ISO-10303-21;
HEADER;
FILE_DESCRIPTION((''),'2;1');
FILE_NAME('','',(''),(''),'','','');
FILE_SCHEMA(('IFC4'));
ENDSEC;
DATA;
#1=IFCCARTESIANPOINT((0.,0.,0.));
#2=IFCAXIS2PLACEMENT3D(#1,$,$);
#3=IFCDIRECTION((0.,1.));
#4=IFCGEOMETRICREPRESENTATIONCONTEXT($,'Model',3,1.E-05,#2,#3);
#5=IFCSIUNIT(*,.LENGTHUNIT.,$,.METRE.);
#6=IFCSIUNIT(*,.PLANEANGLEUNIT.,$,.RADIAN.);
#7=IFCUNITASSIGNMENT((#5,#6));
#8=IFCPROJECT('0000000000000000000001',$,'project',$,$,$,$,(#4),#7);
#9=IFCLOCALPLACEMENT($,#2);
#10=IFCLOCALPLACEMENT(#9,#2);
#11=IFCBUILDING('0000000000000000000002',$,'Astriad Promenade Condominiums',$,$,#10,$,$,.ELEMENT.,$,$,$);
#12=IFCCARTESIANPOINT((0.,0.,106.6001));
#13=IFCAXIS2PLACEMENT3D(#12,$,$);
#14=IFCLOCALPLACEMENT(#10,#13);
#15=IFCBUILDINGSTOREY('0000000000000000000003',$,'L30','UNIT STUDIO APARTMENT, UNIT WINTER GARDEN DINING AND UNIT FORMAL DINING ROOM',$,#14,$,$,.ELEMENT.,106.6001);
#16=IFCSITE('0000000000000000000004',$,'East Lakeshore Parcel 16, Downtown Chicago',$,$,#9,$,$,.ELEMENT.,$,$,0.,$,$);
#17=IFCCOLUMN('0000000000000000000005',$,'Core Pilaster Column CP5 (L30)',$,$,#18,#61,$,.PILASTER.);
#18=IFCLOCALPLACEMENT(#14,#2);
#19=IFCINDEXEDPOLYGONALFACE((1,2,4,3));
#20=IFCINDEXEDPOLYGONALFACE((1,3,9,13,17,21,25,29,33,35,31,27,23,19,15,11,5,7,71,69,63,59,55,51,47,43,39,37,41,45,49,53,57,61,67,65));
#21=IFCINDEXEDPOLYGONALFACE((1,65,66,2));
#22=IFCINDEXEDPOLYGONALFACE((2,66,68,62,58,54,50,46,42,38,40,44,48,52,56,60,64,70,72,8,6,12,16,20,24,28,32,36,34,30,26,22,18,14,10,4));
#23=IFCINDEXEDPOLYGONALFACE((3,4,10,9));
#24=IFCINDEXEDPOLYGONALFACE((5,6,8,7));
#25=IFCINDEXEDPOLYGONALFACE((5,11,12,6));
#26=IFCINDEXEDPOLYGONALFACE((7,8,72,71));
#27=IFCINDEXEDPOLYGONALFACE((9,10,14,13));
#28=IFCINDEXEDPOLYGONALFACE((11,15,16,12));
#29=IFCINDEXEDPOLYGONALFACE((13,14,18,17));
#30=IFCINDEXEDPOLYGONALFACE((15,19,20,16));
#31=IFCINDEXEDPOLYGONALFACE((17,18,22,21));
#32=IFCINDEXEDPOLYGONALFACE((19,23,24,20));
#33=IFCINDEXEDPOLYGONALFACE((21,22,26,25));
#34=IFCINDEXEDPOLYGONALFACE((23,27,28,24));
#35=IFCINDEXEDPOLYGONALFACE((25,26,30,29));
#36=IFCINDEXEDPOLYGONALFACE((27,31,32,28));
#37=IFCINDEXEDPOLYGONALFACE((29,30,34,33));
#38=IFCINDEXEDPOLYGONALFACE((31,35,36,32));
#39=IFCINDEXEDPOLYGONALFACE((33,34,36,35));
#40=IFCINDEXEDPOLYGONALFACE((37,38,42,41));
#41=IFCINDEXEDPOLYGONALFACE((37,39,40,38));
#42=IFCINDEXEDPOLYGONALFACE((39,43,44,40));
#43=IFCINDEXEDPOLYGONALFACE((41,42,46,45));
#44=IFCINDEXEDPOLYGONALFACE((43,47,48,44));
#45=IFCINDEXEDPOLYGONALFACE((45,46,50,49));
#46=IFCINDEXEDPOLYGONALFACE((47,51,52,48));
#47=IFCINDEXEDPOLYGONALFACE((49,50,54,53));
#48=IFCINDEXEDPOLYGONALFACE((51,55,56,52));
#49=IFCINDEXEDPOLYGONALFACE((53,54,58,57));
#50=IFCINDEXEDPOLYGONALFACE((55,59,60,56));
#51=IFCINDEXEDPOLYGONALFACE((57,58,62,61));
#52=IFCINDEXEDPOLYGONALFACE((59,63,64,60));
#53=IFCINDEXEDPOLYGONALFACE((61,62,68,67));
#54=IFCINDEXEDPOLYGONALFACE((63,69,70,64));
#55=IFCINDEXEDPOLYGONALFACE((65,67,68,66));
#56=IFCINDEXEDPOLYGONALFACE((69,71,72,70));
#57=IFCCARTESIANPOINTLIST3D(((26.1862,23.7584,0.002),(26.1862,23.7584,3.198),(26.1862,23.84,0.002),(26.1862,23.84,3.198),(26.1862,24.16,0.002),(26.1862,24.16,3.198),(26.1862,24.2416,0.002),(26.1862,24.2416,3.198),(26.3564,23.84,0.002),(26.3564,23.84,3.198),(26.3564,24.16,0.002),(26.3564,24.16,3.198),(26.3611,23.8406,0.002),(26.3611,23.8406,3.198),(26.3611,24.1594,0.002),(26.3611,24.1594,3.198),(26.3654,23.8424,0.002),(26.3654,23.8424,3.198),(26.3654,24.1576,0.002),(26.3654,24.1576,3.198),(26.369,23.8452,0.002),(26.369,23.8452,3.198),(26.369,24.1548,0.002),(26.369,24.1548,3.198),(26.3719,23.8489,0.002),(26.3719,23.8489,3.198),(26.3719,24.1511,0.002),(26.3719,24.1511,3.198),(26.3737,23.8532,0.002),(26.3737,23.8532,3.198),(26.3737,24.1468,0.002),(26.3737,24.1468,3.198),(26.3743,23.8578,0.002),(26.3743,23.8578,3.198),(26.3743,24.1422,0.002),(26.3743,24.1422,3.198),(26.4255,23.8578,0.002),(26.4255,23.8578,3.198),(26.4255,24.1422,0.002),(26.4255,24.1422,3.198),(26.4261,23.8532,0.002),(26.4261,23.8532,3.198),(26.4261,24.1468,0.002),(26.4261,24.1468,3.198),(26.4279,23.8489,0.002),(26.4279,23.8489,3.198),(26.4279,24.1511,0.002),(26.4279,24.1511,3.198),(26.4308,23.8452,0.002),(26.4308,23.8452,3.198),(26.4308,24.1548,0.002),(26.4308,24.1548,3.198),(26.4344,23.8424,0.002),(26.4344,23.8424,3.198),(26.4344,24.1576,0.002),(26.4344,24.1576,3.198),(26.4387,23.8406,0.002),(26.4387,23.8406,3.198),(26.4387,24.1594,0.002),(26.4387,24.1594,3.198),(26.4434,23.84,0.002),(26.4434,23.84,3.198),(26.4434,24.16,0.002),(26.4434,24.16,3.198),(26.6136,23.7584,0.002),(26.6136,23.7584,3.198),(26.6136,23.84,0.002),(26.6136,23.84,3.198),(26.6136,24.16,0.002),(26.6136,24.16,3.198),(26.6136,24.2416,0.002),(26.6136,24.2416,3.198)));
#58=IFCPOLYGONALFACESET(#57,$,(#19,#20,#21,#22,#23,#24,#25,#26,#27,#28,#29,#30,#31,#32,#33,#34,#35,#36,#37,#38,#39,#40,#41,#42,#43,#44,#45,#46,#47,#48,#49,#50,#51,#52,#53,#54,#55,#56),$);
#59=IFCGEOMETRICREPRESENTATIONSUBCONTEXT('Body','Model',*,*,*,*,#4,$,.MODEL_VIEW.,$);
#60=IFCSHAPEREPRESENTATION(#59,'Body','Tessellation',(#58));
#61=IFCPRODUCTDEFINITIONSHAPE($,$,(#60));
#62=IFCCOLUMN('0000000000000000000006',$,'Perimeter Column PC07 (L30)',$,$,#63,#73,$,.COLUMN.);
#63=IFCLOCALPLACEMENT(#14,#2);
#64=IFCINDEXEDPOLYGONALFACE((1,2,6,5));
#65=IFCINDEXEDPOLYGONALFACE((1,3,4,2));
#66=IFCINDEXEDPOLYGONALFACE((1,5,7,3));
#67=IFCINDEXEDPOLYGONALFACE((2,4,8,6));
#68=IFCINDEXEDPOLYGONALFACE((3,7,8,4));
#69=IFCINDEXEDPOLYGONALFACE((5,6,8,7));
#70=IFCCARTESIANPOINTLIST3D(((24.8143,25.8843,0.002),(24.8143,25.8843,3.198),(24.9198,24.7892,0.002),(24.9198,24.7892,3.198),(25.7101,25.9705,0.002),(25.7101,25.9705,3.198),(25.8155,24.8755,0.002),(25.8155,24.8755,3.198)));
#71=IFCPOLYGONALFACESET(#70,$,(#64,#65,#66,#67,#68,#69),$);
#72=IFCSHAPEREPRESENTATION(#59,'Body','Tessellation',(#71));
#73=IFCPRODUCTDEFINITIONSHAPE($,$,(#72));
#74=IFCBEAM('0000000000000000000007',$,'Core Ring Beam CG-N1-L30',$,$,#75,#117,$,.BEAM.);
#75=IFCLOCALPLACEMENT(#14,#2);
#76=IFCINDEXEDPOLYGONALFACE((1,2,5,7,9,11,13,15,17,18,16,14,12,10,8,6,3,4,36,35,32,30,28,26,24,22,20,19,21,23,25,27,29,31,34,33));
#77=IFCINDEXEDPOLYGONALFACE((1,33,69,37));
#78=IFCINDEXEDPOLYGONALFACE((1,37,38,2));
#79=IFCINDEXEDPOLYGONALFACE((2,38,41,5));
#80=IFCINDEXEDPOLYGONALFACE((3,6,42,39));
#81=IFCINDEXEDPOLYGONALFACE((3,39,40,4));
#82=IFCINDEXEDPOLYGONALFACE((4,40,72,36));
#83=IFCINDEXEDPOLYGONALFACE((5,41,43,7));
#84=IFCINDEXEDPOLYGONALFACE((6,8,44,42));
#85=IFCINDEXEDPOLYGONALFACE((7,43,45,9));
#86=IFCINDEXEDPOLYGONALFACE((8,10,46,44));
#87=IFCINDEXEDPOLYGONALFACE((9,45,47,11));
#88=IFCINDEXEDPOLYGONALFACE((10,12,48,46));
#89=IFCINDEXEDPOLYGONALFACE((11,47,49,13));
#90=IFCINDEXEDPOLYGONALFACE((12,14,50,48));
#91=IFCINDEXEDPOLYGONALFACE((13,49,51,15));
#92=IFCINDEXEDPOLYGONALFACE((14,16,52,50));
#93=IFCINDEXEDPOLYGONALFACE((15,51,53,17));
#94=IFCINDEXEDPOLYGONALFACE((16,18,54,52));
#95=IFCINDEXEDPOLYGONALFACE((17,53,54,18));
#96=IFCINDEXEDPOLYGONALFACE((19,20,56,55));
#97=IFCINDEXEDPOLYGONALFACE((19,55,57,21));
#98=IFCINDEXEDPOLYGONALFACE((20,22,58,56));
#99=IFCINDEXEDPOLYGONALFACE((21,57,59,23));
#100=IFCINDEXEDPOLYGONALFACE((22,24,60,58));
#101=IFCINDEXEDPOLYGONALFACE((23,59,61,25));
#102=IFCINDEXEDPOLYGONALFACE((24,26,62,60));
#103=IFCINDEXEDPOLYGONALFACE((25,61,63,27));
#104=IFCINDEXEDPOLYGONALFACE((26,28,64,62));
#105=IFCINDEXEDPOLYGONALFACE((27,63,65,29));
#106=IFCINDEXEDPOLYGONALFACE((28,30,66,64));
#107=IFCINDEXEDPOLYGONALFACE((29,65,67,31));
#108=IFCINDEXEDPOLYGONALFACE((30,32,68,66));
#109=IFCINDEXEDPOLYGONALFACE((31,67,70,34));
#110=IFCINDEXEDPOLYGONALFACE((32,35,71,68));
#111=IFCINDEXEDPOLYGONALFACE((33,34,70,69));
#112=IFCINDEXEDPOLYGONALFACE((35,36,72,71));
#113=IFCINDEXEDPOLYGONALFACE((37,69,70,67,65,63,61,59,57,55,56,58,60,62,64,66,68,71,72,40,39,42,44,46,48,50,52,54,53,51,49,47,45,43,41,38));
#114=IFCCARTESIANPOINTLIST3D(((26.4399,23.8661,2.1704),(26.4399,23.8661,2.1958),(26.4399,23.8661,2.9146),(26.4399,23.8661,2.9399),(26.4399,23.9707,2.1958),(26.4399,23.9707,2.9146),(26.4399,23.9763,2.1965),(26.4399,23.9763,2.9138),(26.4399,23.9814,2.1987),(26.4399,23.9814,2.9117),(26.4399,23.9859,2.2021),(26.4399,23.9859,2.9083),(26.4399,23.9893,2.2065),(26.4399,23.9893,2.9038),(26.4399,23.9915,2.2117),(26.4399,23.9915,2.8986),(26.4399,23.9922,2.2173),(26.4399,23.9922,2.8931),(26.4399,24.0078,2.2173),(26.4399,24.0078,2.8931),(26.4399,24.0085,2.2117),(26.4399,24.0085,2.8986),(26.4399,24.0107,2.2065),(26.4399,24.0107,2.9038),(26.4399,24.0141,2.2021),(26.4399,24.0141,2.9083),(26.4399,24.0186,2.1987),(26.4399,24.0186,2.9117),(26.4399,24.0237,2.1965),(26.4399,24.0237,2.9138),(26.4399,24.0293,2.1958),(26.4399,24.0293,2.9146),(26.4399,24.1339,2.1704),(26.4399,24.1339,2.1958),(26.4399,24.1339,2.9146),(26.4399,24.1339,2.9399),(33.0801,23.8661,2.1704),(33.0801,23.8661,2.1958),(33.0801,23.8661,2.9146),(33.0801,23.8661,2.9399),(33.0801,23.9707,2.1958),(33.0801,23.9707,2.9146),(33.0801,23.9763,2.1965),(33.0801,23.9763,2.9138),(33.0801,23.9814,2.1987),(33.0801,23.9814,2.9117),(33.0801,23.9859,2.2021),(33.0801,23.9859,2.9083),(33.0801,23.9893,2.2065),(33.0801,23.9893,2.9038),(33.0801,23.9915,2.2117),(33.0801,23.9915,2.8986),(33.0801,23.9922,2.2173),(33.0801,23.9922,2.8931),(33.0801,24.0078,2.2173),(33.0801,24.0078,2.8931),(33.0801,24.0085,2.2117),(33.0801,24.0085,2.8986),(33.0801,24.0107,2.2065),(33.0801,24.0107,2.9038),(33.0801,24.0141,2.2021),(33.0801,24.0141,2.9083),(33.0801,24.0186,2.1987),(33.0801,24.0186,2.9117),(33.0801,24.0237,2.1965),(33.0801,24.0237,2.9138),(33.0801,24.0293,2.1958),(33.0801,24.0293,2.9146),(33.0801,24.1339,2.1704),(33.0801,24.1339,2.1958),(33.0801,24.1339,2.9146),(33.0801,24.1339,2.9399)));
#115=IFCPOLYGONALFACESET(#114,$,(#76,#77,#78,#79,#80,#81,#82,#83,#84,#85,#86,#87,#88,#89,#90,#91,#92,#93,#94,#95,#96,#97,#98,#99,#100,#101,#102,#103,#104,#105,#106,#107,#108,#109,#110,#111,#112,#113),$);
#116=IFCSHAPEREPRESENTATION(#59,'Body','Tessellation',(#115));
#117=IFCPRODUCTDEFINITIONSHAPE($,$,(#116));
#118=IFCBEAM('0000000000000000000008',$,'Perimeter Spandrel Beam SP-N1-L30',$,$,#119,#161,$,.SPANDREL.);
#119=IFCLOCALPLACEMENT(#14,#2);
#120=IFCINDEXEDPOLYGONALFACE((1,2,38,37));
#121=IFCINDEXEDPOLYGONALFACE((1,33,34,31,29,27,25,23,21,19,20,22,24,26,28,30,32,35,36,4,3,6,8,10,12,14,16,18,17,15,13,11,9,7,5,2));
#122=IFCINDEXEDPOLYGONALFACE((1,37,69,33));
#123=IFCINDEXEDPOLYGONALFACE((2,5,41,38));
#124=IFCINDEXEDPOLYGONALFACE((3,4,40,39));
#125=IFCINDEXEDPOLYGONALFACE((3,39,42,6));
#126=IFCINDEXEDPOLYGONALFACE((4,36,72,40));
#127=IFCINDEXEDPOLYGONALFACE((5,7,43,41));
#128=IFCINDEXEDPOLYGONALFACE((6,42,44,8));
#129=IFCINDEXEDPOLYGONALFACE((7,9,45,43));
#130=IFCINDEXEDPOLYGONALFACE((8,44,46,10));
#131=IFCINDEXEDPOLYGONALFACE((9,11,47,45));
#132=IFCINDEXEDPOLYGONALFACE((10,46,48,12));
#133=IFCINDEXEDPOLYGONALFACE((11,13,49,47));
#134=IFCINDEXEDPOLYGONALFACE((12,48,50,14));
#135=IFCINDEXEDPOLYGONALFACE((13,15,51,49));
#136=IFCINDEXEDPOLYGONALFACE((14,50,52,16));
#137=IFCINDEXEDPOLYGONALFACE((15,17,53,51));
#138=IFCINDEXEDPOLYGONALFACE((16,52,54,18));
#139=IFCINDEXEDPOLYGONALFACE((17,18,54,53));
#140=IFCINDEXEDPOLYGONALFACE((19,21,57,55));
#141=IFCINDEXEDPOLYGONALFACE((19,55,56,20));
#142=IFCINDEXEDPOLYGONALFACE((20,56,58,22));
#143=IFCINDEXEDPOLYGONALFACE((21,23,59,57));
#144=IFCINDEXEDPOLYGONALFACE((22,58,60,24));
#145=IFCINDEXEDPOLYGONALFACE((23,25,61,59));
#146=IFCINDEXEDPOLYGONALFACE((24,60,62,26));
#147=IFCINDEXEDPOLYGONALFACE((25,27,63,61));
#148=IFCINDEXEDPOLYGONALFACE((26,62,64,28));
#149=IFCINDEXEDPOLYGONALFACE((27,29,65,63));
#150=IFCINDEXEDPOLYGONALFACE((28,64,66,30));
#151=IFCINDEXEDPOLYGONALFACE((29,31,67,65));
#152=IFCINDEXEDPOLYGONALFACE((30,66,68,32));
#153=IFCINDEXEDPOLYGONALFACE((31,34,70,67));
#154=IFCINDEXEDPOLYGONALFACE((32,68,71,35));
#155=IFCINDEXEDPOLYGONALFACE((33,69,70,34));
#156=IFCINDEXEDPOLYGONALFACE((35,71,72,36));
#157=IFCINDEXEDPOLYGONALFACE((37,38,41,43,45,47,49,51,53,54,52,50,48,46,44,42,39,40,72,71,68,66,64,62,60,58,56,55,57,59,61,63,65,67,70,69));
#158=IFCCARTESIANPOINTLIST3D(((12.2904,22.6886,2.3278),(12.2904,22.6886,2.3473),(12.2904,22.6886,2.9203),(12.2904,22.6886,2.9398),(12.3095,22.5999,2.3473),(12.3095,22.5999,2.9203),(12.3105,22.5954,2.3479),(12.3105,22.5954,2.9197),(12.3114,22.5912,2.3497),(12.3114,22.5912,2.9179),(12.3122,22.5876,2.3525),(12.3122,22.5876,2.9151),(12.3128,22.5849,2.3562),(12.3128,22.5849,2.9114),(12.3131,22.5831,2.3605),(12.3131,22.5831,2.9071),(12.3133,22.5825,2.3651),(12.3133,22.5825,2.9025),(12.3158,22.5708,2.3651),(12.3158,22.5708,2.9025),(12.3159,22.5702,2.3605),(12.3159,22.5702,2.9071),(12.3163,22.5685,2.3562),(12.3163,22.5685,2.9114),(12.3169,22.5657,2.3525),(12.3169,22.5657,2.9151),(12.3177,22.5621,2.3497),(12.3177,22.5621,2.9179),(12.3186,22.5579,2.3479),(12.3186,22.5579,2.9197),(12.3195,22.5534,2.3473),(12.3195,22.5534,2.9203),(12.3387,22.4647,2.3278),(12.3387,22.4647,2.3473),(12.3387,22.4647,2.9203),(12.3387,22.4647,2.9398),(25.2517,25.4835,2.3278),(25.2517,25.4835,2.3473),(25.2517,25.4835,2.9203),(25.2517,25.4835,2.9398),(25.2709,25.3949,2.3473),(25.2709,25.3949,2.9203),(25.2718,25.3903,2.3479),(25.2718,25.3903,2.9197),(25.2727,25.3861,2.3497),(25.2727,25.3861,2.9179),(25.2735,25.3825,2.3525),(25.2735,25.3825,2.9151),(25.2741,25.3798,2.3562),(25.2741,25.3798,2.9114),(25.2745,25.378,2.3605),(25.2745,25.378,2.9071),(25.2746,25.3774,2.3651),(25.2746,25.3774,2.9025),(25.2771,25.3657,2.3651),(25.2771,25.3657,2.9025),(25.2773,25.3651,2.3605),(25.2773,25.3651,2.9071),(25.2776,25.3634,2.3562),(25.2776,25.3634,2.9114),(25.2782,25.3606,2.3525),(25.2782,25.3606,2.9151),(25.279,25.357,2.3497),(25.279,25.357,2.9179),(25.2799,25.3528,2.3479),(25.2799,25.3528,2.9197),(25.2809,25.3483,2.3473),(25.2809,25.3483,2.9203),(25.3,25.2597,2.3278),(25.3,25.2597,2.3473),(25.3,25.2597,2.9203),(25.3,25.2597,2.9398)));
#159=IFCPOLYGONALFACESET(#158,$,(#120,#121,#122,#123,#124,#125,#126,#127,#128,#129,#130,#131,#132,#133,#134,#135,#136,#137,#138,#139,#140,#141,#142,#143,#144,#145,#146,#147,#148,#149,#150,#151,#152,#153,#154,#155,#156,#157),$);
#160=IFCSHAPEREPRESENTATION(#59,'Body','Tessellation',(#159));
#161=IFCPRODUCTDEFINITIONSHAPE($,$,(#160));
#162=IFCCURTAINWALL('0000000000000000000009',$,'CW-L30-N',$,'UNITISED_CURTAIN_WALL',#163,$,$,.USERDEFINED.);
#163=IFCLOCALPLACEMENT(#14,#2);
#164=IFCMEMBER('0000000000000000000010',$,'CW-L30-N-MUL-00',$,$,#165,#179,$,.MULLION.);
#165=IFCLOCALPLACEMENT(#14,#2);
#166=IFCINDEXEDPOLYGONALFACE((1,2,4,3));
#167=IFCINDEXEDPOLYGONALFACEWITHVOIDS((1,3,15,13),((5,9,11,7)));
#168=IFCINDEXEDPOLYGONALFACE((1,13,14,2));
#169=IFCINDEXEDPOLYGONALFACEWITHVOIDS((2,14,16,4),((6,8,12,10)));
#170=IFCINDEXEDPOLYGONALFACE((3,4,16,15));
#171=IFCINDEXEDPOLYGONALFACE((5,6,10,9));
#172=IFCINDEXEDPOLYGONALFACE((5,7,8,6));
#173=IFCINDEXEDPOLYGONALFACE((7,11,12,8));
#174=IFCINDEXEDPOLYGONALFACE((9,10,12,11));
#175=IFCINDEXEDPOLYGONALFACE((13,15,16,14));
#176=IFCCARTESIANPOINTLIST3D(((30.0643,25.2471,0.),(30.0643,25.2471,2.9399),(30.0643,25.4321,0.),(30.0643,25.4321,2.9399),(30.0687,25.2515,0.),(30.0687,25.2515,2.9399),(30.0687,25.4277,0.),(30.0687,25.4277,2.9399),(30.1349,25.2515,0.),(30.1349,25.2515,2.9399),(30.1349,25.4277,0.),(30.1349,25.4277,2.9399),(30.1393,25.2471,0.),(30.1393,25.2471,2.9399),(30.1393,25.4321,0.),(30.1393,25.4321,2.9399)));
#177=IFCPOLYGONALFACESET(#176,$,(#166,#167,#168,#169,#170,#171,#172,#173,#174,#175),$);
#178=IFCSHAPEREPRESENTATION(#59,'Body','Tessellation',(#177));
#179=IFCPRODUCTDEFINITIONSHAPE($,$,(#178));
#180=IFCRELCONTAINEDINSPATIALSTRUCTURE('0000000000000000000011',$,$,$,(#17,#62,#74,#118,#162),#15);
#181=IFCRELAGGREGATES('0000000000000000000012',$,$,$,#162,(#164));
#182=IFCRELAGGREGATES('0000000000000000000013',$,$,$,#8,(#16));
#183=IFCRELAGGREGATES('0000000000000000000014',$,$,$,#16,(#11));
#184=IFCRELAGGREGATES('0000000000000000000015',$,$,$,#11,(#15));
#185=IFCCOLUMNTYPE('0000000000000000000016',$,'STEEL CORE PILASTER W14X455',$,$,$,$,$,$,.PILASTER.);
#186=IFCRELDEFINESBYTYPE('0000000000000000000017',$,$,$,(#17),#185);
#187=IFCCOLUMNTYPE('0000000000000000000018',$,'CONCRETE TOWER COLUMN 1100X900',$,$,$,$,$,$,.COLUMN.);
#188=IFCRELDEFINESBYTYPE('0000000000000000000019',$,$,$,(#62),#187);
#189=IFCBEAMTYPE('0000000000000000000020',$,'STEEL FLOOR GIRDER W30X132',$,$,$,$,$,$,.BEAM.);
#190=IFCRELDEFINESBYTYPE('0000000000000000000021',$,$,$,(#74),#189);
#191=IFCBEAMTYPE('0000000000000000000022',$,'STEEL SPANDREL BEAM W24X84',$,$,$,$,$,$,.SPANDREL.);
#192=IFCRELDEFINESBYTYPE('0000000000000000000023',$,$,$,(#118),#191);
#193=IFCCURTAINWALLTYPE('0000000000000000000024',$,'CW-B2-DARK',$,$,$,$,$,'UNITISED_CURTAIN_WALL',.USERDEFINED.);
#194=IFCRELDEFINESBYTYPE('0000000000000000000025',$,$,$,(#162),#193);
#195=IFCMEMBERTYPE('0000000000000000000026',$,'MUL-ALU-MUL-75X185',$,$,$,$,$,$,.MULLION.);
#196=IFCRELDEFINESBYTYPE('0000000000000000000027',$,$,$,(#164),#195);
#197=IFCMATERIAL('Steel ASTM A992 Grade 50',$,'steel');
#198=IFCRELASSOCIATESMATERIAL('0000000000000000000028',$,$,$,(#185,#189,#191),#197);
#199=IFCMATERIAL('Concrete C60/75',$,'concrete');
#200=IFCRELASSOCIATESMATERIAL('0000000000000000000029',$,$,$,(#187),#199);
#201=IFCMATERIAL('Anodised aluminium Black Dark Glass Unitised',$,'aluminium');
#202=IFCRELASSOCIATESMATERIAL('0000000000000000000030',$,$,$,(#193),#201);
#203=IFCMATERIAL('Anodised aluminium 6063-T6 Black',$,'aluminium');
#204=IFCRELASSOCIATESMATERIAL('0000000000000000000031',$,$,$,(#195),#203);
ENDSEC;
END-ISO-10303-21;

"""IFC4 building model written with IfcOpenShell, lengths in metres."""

from ifc_helpers import new_model, si_unit, direction, frame, origin, origin_2d, place, context, subcontext, project, spatial, rectangle, hollow_rectangle, i_section, extrude, source, transform, mapped, material, material_profile, profile_set, type_object, type_shapes, element, aggregate, save


model = new_model("IFC4")

# Units and contexts
model_context = context("Model", 3, precision=1e-05, world=origin(), true_north=direction((0.0, 1.0)))
body_context = subcontext(model_context, "Body", "Model", "MODEL_VIEW")
ifc_project = project(units=[si_unit("LENGTHUNIT", "METRE"), si_unit("PLANEANGLEUNIT", "RADIAN")], contexts=[model_context])

# Site, building, storey
site_placement = place(None, origin())
site = spatial("IfcSite", under=ifc_project, at=site_placement, Name="East Lakeshore Parcel 16, Downtown Chicago", CompositionType="ELEMENT", RefElevation=0.0)
building_placement = place(site_placement, origin())
building = spatial("IfcBuilding", under=site, at=building_placement, Name="Astriad Promenade Condominiums", CompositionType="ELEMENT")
storey_placement = place(building_placement, frame((0.0, 0.0, 106.6001)))
storey = spatial("IfcBuildingStorey", under=building, at=storey_placement, Name="L30", Description="UNIT STUDIO APARTMENT, UNIT WINTER GARDEN DINING AND UNIT FORMAL DINING ROOM", CompositionType="ELEMENT", Elevation=106.6001)

# Columns
ifc_material_1 = material(Name="Steel ASTM A992 Grade 50", Category="steel")
ifc_material_profile_1 = material_profile(ifc_material_1, i_section(OverallWidth=0.4275, OverallDepth=0.4832, WebThickness=0.0513, FlangeThickness=0.0815, FilletRadius=0.0178, at=origin_2d()), Name="W14X455")
ifc_profile_set_1 = profile_set([ifc_material_profile_1], Name="Steel ASTM A992 Grade 50")
column_type_1 = type_object("IfcColumnType", Name="STEEL CORE PILASTER W14X455", PredefinedType="PILASTER", material=ifc_profile_set_1)
shared_shape_1 = source(origin(), body_context, "Body", "SweptSolid", [
    extrude(i_section(OverallWidth=0.4275, OverallDepth=0.4832, WebThickness=0.0513, FlangeThickness=0.0815, FilletRadius=0.0178, at=origin_2d()), origin(), (0.0, 0.0, 1.0), 3.196),
])
type_shapes(column_type_1, [shared_shape_1])
column_1_placement = place(storey_placement, frame((26.3999, 24.0, 0.002), z_axis=(0.0, 0.0, 1.0), x_axis=(1.0, 0.0, 0.0)))
element("IfcColumn", 1, at=column_1_placement, inside=storey, type_object=column_type_1, Name="Core Pilaster Column CP5 (L30)", PredefinedType="PILASTER", context=body_context, shape_type="MappedRepresentation", body=[
    mapped(shared_shape_1, transform((0.0, 0.0, 0.0), scale=1.0)),
])
ifc_material_2 = material(Name="Concrete C60/75", Category="concrete")
ifc_material_profile_2 = material_profile(ifc_material_2, rectangle(XDim=0.8999, YDim=1.1001, at=origin_2d()), Name="RC-COL-1100X900")
ifc_profile_set_2 = profile_set([ifc_material_profile_2], Name="Concrete C60/75")
column_type_2 = type_object("IfcColumnType", Name="CONCRETE TOWER COLUMN 1100X900", PredefinedType="COLUMN", material=ifc_profile_set_2)
shared_shape_2 = source(origin(), body_context, "Body", "SweptSolid", [
    extrude(rectangle(XDim=0.8999, YDim=1.1001, at=origin_2d()), origin(), (0.0, 0.0, 1.0), 3.196),
])
type_shapes(column_type_2, [shared_shape_2])
column_2_placement = place(storey_placement, frame((25.3149, 25.3799, 0.002), z_axis=(0.0, 0.0, 1.0), x_axis=(0.995396, 0.095846, 0.0)))
element("IfcColumn", 2, at=column_2_placement, inside=storey, type_object=column_type_2, Name="Perimeter Column PC07 (L30)", PredefinedType="COLUMN", context=body_context, shape_type="MappedRepresentation", body=[
    mapped(shared_shape_2, transform((0.0, 0.0, 0.0), scale=1.0)),
])

# Beams
ifc_material_profile_3 = material_profile(ifc_material_1, i_section(OverallWidth=0.2678, OverallDepth=0.7695, WebThickness=0.0156, FlangeThickness=0.0254, FilletRadius=0.0215, at=origin_2d()), Name="W30X132")
ifc_profile_set_3 = profile_set([ifc_material_profile_3], Name="Steel ASTM A992 Grade 50")
beam_type_1 = type_object("IfcBeamType", Name="STEEL FLOOR GIRDER W30X132", PredefinedType="BEAM", material=ifc_profile_set_3)
shared_shape_3 = source(origin(), body_context, "Body", "SweptSolid", [
    extrude(i_section(OverallWidth=0.2678, OverallDepth=0.7695, WebThickness=0.0156, FlangeThickness=0.0254, FilletRadius=0.0215, at=origin_2d()), origin(), (0.0, 0.0, 1.0), 6.6401),
])
type_shapes(beam_type_1, [shared_shape_3])
beam_1_placement = place(storey_placement, frame((26.4399, 24.0, 2.5552), z_axis=(1.0, 0.0, 0.0), x_axis=(0.0, 1.0, 0.0)))
element("IfcBeam", 3, at=beam_1_placement, inside=storey, type_object=beam_type_1, Name="Core Ring Beam CG-N1-L30", PredefinedType="BEAM", context=body_context, shape_type="MappedRepresentation", body=[
    mapped(shared_shape_3, transform((0.0, 0.0, 0.0), scale=1.0)),
])
ifc_material_profile_4 = material_profile(ifc_material_1, i_section(OverallWidth=0.229, OverallDepth=0.6121, WebThickness=0.012, FlangeThickness=0.0195, FilletRadius=0.0178, at=origin_2d()), Name="W24X84")
ifc_profile_set_4 = profile_set([ifc_material_profile_4], Name="Steel ASTM A992 Grade 50")
beam_type_2 = type_object("IfcBeamType", Name="STEEL SPANDREL BEAM W24X84", PredefinedType="SPANDREL", material=ifc_profile_set_4)
shared_shape_4 = source(origin(), body_context, "Body", "SweptSolid", [
    extrude(i_section(OverallWidth=0.229, OverallDepth=0.6121, WebThickness=0.012, FlangeThickness=0.0195, FilletRadius=0.0178, at=origin_2d()), origin(), (0.0, 0.0, 1.0), 13.2593),
])
type_shapes(beam_type_2, [shared_shape_4])
beam_2_placement = place(storey_placement, frame((25.2759, 25.3716, 2.6338), z_axis=(-0.977532, -0.210789, 0.0), x_axis=(0.210789, -0.977532, 0.0)))
element("IfcBeam", 4, at=beam_2_placement, inside=storey, type_object=beam_type_2, Name="Perimeter Spandrel Beam SP-N1-L30", PredefinedType="SPANDREL", context=body_context, shape_type="MappedRepresentation", body=[
    mapped(shared_shape_4, transform((0.0, 0.0, 0.0), scale=1.0)),
])

# Curtain wall, member
ifc_material_3 = material(Name="Anodised aluminium Black Dark Glass Unitised", Category="aluminium")
curtain_wall_type = type_object("IfcCurtainWallType", Name="CW-B2-DARK", ElementType="UNITISED_CURTAIN_WALL", PredefinedType="USERDEFINED", material=ifc_material_3)
curtain_wall_placement = place(storey_placement, origin())
curtain_wall = element("IfcCurtainWall", 5, at=curtain_wall_placement, inside=storey, type_object=curtain_wall_type, Name="CW-L30-N", ObjectType="UNITISED_CURTAIN_WALL", PredefinedType="USERDEFINED")
ifc_material_4 = material(Name="Anodised aluminium 6063-T6 Black", Category="aluminium")
ifc_material_profile_5 = material_profile(ifc_material_4, hollow_rectangle(XDim=0.075, YDim=0.1851, WallThickness=0.0044, at=origin_2d()), Name="ALU-MUL-75X185")
ifc_profile_set_5 = profile_set([ifc_material_profile_5], Name="Anodised aluminium 6063-T6 Black")
member_type_1 = type_object("IfcMemberType", Name="MUL-ALU-MUL-75X185", PredefinedType="MULLION", material=ifc_profile_set_5)
shared_shape_5 = source(origin(), body_context, "Body", "SweptSolid", [
    extrude(hollow_rectangle(XDim=0.075, YDim=0.1851, WallThickness=0.0044, at=origin_2d()), origin(), (0.0, 0.0, 1.0), 2.9399),
])
type_shapes(member_type_1, [shared_shape_5])
member_1_placement = place(storey_placement, frame((30.1018, 25.3396, 0.0), z_axis=(0.0, 0.0, 1.0), x_axis=(1.0, 0.0, 0.0)))
member_1 = element("IfcMember", 6, at=member_1_placement, type_object=member_type_1, Name="CW-L30-N-MUL-00", PredefinedType="MULLION", context=body_context, shape_type="MappedRepresentation", body=[
    mapped(shared_shape_5, transform((0.0, 0.0, 0.0), scale=1.0)),
])
aggregate(curtain_wall, [member_1])

save(model, "model.ifc")
